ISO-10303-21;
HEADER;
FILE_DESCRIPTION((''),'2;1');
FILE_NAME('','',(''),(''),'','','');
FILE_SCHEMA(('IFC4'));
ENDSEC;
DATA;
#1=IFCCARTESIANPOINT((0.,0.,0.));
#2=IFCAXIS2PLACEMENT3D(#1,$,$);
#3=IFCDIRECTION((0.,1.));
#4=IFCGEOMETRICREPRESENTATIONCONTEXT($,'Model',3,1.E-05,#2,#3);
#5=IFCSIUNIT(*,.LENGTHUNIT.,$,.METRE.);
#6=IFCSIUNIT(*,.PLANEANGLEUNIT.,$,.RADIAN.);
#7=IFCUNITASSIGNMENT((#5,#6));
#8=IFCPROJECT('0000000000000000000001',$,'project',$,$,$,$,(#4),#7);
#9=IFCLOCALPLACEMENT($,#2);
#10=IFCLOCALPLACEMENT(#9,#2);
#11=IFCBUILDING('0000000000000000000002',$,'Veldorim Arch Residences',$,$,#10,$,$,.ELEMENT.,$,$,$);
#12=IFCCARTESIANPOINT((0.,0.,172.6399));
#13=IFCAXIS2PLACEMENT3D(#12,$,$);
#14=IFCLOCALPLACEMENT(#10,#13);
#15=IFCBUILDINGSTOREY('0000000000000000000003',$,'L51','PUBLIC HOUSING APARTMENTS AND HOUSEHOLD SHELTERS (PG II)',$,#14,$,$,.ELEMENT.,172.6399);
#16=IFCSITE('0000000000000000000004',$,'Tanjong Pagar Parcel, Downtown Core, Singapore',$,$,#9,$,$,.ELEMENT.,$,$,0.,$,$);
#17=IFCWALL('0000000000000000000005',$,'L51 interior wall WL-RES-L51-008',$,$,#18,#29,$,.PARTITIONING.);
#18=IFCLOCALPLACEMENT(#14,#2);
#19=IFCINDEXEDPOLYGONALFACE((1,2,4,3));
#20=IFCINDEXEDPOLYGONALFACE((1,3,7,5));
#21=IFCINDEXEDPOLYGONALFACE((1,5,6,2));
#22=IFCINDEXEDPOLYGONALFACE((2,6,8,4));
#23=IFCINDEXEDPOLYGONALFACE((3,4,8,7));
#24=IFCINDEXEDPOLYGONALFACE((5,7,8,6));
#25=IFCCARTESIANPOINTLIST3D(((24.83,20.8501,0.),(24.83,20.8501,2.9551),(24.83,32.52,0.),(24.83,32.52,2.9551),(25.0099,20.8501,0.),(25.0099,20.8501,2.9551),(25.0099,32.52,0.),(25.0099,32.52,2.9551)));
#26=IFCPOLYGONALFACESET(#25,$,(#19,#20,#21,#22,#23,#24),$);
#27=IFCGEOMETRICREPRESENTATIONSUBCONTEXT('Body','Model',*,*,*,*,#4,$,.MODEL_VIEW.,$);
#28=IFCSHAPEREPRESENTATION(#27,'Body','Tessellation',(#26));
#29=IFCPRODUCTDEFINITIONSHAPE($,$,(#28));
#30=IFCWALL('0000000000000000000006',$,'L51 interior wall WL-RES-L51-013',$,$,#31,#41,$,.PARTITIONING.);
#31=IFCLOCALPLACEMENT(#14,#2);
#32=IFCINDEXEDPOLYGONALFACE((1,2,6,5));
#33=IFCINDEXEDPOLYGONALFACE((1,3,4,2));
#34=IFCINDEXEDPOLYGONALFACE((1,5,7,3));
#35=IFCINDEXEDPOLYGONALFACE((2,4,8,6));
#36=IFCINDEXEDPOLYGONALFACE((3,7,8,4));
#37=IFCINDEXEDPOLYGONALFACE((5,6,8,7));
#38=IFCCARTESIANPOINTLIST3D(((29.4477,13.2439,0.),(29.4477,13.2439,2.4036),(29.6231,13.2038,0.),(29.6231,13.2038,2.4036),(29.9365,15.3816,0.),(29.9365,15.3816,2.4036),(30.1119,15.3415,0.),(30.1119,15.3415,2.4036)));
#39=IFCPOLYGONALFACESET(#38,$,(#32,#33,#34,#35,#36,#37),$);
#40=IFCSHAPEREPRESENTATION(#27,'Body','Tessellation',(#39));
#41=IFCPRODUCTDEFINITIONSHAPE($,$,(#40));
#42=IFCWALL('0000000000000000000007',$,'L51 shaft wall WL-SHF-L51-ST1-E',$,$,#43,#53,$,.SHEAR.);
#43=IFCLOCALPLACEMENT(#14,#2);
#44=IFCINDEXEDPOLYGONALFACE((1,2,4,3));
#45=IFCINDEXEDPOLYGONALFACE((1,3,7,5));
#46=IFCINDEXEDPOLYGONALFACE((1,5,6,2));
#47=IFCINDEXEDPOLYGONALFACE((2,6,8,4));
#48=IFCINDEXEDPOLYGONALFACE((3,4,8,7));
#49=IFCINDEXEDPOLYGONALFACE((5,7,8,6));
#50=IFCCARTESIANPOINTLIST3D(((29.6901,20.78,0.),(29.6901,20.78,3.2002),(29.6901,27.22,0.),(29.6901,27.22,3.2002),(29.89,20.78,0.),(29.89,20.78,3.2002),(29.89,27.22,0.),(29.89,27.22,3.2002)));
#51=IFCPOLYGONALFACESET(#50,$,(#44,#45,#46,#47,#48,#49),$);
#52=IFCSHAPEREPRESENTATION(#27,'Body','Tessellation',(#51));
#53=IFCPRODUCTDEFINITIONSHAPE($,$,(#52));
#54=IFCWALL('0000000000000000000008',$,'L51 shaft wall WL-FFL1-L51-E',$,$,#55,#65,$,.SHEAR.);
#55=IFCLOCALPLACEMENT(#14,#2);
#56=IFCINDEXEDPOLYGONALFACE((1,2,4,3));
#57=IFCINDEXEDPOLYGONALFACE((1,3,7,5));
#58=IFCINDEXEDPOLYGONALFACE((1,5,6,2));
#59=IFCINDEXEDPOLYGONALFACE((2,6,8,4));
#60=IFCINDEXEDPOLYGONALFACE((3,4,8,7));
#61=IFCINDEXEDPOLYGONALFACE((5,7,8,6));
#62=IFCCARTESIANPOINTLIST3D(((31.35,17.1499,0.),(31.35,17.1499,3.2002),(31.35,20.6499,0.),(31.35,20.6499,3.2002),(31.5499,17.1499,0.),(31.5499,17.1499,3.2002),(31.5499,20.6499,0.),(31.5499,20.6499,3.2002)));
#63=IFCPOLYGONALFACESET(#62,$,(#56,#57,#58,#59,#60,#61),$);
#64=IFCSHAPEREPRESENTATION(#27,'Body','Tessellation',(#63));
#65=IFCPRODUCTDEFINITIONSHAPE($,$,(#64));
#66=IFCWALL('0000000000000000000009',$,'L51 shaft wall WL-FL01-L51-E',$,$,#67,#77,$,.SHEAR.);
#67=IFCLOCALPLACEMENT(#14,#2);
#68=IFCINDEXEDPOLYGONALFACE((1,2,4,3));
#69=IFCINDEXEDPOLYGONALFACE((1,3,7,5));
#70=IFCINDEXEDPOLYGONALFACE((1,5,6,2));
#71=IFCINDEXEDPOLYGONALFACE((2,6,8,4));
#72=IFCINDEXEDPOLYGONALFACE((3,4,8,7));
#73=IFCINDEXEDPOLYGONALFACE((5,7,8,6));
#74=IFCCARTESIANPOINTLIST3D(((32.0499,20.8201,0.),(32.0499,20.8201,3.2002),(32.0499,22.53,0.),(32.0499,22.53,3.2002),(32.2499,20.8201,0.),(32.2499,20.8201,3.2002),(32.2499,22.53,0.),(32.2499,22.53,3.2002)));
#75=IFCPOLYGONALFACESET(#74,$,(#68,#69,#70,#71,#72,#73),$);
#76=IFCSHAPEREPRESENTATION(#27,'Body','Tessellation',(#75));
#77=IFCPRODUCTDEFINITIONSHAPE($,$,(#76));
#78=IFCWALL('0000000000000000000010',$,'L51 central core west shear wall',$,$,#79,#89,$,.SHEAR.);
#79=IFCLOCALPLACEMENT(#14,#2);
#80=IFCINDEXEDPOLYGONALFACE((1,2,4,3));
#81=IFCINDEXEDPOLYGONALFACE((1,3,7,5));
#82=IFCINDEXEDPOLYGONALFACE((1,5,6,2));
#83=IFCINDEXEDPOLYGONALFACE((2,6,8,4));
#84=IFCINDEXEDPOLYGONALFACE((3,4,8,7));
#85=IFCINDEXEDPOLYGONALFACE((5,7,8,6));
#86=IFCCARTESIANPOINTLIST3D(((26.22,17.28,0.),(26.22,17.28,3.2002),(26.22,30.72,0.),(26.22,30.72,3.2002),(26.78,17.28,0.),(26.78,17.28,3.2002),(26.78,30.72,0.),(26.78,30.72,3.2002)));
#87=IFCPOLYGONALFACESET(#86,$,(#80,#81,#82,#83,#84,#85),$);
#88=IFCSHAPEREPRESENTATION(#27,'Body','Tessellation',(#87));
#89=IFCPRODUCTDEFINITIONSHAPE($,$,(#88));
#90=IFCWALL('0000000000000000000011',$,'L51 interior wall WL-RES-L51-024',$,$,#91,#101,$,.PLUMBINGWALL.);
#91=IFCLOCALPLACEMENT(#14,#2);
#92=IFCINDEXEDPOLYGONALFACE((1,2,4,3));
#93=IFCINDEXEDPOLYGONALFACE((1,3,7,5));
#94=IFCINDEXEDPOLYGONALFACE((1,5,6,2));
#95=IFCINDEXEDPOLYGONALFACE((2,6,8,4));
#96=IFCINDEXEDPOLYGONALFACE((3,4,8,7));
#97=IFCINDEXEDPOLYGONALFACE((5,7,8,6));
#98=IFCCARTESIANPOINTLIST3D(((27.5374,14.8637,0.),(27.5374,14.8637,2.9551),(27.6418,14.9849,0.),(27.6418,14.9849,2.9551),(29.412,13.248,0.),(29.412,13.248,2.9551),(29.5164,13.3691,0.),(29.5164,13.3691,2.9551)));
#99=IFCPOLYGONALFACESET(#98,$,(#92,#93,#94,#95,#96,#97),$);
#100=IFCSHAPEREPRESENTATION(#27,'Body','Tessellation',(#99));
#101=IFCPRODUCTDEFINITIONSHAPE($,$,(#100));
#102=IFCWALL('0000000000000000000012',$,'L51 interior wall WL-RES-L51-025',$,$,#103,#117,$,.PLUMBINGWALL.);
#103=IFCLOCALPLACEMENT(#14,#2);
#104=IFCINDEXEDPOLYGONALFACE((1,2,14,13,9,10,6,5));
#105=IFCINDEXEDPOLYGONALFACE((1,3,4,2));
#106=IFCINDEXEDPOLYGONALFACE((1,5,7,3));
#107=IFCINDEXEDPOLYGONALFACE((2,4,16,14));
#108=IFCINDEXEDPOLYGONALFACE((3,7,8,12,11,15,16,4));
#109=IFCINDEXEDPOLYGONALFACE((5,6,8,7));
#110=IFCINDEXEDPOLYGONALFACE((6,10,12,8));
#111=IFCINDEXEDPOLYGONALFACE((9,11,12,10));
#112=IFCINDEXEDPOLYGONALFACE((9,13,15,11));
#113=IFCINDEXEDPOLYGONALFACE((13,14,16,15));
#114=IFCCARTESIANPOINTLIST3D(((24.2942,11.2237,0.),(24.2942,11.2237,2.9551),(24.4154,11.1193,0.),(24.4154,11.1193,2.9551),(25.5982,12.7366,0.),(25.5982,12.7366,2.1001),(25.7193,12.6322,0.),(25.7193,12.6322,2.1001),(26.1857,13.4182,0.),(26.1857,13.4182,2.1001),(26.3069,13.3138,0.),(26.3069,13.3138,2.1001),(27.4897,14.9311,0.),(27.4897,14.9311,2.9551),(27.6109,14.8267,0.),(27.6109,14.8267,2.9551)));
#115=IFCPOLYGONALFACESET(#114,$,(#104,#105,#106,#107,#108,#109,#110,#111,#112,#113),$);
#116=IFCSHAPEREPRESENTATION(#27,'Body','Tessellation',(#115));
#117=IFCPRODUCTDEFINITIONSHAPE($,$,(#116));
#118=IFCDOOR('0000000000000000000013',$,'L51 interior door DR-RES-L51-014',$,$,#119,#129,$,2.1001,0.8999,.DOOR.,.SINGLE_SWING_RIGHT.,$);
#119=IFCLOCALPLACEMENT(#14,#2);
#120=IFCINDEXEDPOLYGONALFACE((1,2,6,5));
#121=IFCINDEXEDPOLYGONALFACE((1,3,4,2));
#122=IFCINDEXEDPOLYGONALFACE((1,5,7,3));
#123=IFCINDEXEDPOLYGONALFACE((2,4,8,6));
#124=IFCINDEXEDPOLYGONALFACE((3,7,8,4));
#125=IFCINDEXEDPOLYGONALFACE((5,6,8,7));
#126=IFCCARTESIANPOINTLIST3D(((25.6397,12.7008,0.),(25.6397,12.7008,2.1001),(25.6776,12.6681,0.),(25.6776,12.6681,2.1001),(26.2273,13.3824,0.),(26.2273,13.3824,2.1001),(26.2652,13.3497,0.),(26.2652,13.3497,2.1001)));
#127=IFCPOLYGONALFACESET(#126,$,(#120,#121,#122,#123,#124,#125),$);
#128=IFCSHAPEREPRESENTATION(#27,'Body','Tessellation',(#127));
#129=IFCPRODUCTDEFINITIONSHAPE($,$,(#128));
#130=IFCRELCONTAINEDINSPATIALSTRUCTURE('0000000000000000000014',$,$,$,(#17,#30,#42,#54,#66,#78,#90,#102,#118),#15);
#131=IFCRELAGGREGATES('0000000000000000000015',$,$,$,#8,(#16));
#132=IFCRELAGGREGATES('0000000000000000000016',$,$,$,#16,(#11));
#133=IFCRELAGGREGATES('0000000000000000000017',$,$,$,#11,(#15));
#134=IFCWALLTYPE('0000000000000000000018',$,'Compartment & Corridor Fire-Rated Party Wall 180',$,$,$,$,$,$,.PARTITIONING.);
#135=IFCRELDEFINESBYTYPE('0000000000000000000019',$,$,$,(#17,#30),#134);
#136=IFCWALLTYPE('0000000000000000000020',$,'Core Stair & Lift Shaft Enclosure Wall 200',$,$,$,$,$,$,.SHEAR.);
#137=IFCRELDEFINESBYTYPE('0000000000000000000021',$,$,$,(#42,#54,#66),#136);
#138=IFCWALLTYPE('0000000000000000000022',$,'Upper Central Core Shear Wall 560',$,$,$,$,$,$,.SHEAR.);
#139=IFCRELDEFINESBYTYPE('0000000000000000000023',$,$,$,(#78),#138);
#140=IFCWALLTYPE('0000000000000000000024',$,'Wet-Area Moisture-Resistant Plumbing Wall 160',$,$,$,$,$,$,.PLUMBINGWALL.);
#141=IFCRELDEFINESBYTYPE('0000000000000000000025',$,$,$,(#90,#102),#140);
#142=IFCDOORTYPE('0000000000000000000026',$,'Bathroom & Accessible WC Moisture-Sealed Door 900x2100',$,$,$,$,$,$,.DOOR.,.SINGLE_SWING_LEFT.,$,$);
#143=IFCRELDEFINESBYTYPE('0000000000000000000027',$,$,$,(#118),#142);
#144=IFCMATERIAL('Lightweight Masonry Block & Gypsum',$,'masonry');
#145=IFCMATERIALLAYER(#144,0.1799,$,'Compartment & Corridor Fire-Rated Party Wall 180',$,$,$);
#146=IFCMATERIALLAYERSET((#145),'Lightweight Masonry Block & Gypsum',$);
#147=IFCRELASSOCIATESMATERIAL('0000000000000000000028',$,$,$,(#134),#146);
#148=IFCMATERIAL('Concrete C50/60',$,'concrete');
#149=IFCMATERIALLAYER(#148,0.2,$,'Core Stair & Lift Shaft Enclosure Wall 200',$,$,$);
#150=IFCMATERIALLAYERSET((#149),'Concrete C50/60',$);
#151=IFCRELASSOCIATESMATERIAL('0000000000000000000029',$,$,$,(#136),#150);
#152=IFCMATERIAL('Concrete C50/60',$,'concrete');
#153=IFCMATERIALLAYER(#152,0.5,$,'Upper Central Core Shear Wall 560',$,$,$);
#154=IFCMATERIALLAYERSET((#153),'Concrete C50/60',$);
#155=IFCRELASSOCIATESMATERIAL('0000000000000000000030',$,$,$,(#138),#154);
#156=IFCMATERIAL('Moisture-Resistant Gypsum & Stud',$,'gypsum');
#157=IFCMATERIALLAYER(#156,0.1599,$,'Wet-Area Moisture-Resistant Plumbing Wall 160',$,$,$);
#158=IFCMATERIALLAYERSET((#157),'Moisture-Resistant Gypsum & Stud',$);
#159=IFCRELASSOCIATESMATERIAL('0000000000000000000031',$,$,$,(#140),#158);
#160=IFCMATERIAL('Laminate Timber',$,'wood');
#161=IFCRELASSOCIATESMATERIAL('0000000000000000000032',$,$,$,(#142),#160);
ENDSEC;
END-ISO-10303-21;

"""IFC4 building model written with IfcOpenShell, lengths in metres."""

from ifc_helpers import new_model, si_unit, direction, frame, frame_2d, origin, place, context, subcontext, project, spatial, rectangle, extrude, material, layer, layer_set, type_object, element, fill, save


model = new_model("IFC4")

# Units and contexts
model_context = context("Model", 3, precision=1e-05, world=origin(), true_north=direction((0.0, 1.0)))
body_context = subcontext(model_context, "Body", "Model", "MODEL_VIEW")
ifc_project = project(units=[si_unit("LENGTHUNIT", "METRE"), si_unit("PLANEANGLEUNIT", "RADIAN")], contexts=[model_context])

# Site, building, storey
site_placement = place(None, origin())
site = spatial("IfcSite", under=ifc_project, at=site_placement, Name="Tanjong Pagar Parcel, Downtown Core, Singapore", CompositionType="ELEMENT", RefElevation=0.0)
building_placement = place(site_placement, origin())
building = spatial("IfcBuilding", under=site, at=building_placement, Name="Veldorim Arch Residences", CompositionType="ELEMENT")
storey_placement = place(building_placement, frame((0.0, 0.0, 172.6399)))
storey = spatial("IfcBuildingStorey", under=building, at=storey_placement, Name="L51", Description="PUBLIC HOUSING APARTMENTS AND HOUSEHOLD SHELTERS (PG II)", CompositionType="ELEMENT", Elevation=172.6399)

# Walls
ifc_material_1 = material(Name="Lightweight Masonry Block & Gypsum", Category="masonry")
ifc_layer_1 = layer(ifc_material_1, 0.1799, Name="Compartment & Corridor Fire-Rated Party Wall 180")
ifc_layer_set_1 = layer_set([ifc_layer_1], Name="Lightweight Masonry Block & Gypsum")
wall_type_1 = type_object("IfcWallType", Name="Compartment & Corridor Fire-Rated Party Wall 180", PredefinedType="PARTITIONING", material=ifc_layer_set_1)
wall_1_placement = place(storey_placement, frame((24.9199, 20.8501, 0.0), z_axis=(0.0, 0.0, 1.0), x_axis=(0.0, 1.0, 0.0)))
element("IfcWall", 1, at=wall_1_placement, inside=storey, type_object=wall_type_1, Name="L51 interior wall WL-RES-L51-008", PredefinedType="PARTITIONING", context=body_context, shape_type="SweptSolid", body=[
    extrude(rectangle(XDim=11.6699, YDim=0.1799, at=frame_2d((5.835, 0.0))), origin(), (0.0, 0.0, 1.0), 2.9551),
])
wall_2_placement = place(storey_placement, frame((29.5354, 13.2239, 0.0), z_axis=(0.0, 0.0, 1.0), x_axis=(0.222891, 0.974843, 0.0)))
element("IfcWall", 2, at=wall_2_placement, inside=storey, type_object=wall_type_1, Name="L51 interior wall WL-RES-L51-013", PredefinedType="PARTITIONING", context=body_context, shape_type="SweptSolid", body=[
    extrude(rectangle(XDim=2.1929, YDim=0.1799, at=frame_2d((1.0964, 0.0))), origin(), (0.0, 0.0, 1.0), 2.4036),
])
ifc_material_2 = material(Name="Concrete C50/60", Category="concrete")
ifc_layer_2 = layer(ifc_material_2, 0.2, Name="Core Stair & Lift Shaft Enclosure Wall 200")
ifc_layer_set_2 = layer_set([ifc_layer_2], Name="Concrete C50/60")
wall_type_2 = type_object("IfcWallType", Name="Core Stair & Lift Shaft Enclosure Wall 200", PredefinedType="SHEAR", material=ifc_layer_set_2)
wall_3_placement = place(storey_placement, frame((29.79, 20.78, 0.0), z_axis=(0.0, 0.0, 1.0), x_axis=(0.0, 1.0, 0.0)))
element("IfcWall", 3, at=wall_3_placement, inside=storey, type_object=wall_type_2, Name="L51 shaft wall WL-SHF-L51-ST1-E", PredefinedType="SHEAR", context=body_context, shape_type="SweptSolid", body=[
    extrude(rectangle(XDim=6.4399, YDim=0.2, at=frame_2d((3.22, 0.0))), origin(), (0.0, 0.0, 1.0), 3.2002),
])

# Wall
wall_4_placement = place(storey_placement, frame((31.45, 17.1499, 0.0), z_axis=(0.0, 0.0, 1.0), x_axis=(0.0, 1.0, 0.0)))
element("IfcWall", 4, at=wall_4_placement, inside=storey, type_object=wall_type_2, Name="L51 shaft wall WL-FFL1-L51-E", PredefinedType="SHEAR", context=body_context, shape_type="SweptSolid", body=[
    extrude(rectangle(XDim=3.5, YDim=0.2, at=frame_2d((1.75, 0.0))), origin(), (0.0, 0.0, 1.0), 3.2002),
])

# Wall
wall_5_placement = place(storey_placement, frame((32.1499, 20.8201, 0.0), z_axis=(0.0, 0.0, 1.0), x_axis=(0.0, 1.0, 0.0)))
element("IfcWall", 5, at=wall_5_placement, inside=storey, type_object=wall_type_2, Name="L51 shaft wall WL-FL01-L51-E", PredefinedType="SHEAR", context=body_context, shape_type="SweptSolid", body=[
    extrude(rectangle(XDim=1.71, YDim=0.2, at=frame_2d((0.855, 0.0))), origin(), (0.0, 0.0, 1.0), 3.2002),
])

# Shared definitions
ifc_material_3 = material(Name="Concrete C50/60", Category="concrete")
ifc_layer_3 = layer(ifc_material_3, 0.5, Name="Upper Central Core Shear Wall 560")
ifc_layer_set_3 = layer_set([ifc_layer_3], Name="Concrete C50/60")
wall_type_3 = type_object("IfcWallType", Name="Upper Central Core Shear Wall 560", PredefinedType="SHEAR", material=ifc_layer_set_3)

# Walls
wall_6_placement = place(storey_placement, frame((26.5, 17.28, 0.0), z_axis=(0.0, 0.0, 1.0), x_axis=(0.0, 1.0, 0.0)))
element("IfcWall", 6, at=wall_6_placement, inside=storey, type_object=wall_type_3, Name="L51 central core west shear wall", PredefinedType="SHEAR", context=body_context, shape_type="SweptSolid", body=[
    extrude(rectangle(XDim=13.4399, YDim=0.5601, at=frame_2d((6.72, 0.0))), origin(), (0.0, 0.0, 1.0), 3.2002),
])
ifc_material_4 = material(Name="Moisture-Resistant Gypsum & Stud", Category="gypsum")
ifc_layer_4 = layer(ifc_material_4, 0.1599, Name="Wet-Area Moisture-Resistant Plumbing Wall 160")
ifc_layer_set_4 = layer_set([ifc_layer_4], Name="Moisture-Resistant Gypsum & Stud")
wall_type_4 = type_object("IfcWallType", Name="Wet-Area Moisture-Resistant Plumbing Wall 160", PredefinedType="PLUMBINGWALL", material=ifc_layer_set_4)
wall_7_placement = place(storey_placement, frame((29.4641, 13.3086, 0.0), z_axis=(0.0, 0.0, 1.0), x_axis=(-0.757457, 0.652885, 0.0)))
element("IfcWall", 7, at=wall_7_placement, inside=storey, type_object=wall_type_4, Name="L51 interior wall WL-RES-L51-024", PredefinedType="PLUMBINGWALL", context=body_context, shape_type="SweptSolid", body=[
    extrude(rectangle(XDim=2.4749, YDim=0.1599, at=frame_2d((1.2373, 0.0))), origin(), (0.0, 0.0, 1.0), 2.9551),
])

# Wall, opening, door
wall_8_placement = place(storey_placement, frame((27.5503, 14.8789, 0.0), z_axis=(0.0, 0.0, 1.0), x_axis=(-0.652872, -0.757469, 0.0)))
wall_8 = element("IfcWall", 8, at=wall_8_placement, inside=storey, type_object=wall_type_4, Name="L51 interior wall WL-RES-L51-025", PredefinedType="PLUMBINGWALL", context=body_context, shape_type="SweptSolid", body=[
    extrude(rectangle(XDim=4.8945, YDim=0.1599, at=frame_2d((2.4473, 0.0))), origin(), (0.0, 0.0, 1.0), 2.9551),
])
opening_1_placement = place(wall_8_placement, frame((1.9973, 0.0, 0.0)))
opening_1 = element("IfcOpeningElement", 9, at=opening_1_placement, cuts=wall_8, PredefinedType="OPENING", context=body_context, shape_type="SweptSolid", body=[
    extrude(rectangle(XDim=0.8999, YDim=2.1001, at=frame_2d((0.45, 1.05))), frame((0.0, 0.0898, 0.0), z_axis=(0.0, -1.0, 0.0), x_axis=(1.0, 0.0, 0.0)), (0.0, 0.0, 1.0), 0.1799),
])
ifc_material_5 = material(Name="Laminate Timber", Category="wood")
door_type_1 = type_object("IfcDoorType", Name="Bathroom & Accessible WC Moisture-Sealed Door 900x2100", OperationType="SINGLE_SWING_LEFT", PredefinedType="DOOR", material=ifc_material_5)
door_1_placement = place(opening_1_placement, origin())
door_1 = element("IfcDoor", 10, at=door_1_placement, inside=storey, type_object=door_type_1, Name="L51 interior door DR-RES-L51-014", OperationType="SINGLE_SWING_RIGHT", OverallHeight=2.1001, OverallWidth=0.8999, PredefinedType="DOOR", context=body_context, shape_type="SweptSolid", body=[
    extrude(rectangle(XDim=0.8999, YDim=2.1001, at=frame_2d((0.45, 1.05))), frame((0.0, 0.0249, 0.0), z_axis=(0.0, -1.0, 0.0), x_axis=(1.0, 0.0, 0.0)), (0.0, 0.0, 1.0), 0.05),
])
fill(opening_1, door_1)

save(model, "model.ifc")
